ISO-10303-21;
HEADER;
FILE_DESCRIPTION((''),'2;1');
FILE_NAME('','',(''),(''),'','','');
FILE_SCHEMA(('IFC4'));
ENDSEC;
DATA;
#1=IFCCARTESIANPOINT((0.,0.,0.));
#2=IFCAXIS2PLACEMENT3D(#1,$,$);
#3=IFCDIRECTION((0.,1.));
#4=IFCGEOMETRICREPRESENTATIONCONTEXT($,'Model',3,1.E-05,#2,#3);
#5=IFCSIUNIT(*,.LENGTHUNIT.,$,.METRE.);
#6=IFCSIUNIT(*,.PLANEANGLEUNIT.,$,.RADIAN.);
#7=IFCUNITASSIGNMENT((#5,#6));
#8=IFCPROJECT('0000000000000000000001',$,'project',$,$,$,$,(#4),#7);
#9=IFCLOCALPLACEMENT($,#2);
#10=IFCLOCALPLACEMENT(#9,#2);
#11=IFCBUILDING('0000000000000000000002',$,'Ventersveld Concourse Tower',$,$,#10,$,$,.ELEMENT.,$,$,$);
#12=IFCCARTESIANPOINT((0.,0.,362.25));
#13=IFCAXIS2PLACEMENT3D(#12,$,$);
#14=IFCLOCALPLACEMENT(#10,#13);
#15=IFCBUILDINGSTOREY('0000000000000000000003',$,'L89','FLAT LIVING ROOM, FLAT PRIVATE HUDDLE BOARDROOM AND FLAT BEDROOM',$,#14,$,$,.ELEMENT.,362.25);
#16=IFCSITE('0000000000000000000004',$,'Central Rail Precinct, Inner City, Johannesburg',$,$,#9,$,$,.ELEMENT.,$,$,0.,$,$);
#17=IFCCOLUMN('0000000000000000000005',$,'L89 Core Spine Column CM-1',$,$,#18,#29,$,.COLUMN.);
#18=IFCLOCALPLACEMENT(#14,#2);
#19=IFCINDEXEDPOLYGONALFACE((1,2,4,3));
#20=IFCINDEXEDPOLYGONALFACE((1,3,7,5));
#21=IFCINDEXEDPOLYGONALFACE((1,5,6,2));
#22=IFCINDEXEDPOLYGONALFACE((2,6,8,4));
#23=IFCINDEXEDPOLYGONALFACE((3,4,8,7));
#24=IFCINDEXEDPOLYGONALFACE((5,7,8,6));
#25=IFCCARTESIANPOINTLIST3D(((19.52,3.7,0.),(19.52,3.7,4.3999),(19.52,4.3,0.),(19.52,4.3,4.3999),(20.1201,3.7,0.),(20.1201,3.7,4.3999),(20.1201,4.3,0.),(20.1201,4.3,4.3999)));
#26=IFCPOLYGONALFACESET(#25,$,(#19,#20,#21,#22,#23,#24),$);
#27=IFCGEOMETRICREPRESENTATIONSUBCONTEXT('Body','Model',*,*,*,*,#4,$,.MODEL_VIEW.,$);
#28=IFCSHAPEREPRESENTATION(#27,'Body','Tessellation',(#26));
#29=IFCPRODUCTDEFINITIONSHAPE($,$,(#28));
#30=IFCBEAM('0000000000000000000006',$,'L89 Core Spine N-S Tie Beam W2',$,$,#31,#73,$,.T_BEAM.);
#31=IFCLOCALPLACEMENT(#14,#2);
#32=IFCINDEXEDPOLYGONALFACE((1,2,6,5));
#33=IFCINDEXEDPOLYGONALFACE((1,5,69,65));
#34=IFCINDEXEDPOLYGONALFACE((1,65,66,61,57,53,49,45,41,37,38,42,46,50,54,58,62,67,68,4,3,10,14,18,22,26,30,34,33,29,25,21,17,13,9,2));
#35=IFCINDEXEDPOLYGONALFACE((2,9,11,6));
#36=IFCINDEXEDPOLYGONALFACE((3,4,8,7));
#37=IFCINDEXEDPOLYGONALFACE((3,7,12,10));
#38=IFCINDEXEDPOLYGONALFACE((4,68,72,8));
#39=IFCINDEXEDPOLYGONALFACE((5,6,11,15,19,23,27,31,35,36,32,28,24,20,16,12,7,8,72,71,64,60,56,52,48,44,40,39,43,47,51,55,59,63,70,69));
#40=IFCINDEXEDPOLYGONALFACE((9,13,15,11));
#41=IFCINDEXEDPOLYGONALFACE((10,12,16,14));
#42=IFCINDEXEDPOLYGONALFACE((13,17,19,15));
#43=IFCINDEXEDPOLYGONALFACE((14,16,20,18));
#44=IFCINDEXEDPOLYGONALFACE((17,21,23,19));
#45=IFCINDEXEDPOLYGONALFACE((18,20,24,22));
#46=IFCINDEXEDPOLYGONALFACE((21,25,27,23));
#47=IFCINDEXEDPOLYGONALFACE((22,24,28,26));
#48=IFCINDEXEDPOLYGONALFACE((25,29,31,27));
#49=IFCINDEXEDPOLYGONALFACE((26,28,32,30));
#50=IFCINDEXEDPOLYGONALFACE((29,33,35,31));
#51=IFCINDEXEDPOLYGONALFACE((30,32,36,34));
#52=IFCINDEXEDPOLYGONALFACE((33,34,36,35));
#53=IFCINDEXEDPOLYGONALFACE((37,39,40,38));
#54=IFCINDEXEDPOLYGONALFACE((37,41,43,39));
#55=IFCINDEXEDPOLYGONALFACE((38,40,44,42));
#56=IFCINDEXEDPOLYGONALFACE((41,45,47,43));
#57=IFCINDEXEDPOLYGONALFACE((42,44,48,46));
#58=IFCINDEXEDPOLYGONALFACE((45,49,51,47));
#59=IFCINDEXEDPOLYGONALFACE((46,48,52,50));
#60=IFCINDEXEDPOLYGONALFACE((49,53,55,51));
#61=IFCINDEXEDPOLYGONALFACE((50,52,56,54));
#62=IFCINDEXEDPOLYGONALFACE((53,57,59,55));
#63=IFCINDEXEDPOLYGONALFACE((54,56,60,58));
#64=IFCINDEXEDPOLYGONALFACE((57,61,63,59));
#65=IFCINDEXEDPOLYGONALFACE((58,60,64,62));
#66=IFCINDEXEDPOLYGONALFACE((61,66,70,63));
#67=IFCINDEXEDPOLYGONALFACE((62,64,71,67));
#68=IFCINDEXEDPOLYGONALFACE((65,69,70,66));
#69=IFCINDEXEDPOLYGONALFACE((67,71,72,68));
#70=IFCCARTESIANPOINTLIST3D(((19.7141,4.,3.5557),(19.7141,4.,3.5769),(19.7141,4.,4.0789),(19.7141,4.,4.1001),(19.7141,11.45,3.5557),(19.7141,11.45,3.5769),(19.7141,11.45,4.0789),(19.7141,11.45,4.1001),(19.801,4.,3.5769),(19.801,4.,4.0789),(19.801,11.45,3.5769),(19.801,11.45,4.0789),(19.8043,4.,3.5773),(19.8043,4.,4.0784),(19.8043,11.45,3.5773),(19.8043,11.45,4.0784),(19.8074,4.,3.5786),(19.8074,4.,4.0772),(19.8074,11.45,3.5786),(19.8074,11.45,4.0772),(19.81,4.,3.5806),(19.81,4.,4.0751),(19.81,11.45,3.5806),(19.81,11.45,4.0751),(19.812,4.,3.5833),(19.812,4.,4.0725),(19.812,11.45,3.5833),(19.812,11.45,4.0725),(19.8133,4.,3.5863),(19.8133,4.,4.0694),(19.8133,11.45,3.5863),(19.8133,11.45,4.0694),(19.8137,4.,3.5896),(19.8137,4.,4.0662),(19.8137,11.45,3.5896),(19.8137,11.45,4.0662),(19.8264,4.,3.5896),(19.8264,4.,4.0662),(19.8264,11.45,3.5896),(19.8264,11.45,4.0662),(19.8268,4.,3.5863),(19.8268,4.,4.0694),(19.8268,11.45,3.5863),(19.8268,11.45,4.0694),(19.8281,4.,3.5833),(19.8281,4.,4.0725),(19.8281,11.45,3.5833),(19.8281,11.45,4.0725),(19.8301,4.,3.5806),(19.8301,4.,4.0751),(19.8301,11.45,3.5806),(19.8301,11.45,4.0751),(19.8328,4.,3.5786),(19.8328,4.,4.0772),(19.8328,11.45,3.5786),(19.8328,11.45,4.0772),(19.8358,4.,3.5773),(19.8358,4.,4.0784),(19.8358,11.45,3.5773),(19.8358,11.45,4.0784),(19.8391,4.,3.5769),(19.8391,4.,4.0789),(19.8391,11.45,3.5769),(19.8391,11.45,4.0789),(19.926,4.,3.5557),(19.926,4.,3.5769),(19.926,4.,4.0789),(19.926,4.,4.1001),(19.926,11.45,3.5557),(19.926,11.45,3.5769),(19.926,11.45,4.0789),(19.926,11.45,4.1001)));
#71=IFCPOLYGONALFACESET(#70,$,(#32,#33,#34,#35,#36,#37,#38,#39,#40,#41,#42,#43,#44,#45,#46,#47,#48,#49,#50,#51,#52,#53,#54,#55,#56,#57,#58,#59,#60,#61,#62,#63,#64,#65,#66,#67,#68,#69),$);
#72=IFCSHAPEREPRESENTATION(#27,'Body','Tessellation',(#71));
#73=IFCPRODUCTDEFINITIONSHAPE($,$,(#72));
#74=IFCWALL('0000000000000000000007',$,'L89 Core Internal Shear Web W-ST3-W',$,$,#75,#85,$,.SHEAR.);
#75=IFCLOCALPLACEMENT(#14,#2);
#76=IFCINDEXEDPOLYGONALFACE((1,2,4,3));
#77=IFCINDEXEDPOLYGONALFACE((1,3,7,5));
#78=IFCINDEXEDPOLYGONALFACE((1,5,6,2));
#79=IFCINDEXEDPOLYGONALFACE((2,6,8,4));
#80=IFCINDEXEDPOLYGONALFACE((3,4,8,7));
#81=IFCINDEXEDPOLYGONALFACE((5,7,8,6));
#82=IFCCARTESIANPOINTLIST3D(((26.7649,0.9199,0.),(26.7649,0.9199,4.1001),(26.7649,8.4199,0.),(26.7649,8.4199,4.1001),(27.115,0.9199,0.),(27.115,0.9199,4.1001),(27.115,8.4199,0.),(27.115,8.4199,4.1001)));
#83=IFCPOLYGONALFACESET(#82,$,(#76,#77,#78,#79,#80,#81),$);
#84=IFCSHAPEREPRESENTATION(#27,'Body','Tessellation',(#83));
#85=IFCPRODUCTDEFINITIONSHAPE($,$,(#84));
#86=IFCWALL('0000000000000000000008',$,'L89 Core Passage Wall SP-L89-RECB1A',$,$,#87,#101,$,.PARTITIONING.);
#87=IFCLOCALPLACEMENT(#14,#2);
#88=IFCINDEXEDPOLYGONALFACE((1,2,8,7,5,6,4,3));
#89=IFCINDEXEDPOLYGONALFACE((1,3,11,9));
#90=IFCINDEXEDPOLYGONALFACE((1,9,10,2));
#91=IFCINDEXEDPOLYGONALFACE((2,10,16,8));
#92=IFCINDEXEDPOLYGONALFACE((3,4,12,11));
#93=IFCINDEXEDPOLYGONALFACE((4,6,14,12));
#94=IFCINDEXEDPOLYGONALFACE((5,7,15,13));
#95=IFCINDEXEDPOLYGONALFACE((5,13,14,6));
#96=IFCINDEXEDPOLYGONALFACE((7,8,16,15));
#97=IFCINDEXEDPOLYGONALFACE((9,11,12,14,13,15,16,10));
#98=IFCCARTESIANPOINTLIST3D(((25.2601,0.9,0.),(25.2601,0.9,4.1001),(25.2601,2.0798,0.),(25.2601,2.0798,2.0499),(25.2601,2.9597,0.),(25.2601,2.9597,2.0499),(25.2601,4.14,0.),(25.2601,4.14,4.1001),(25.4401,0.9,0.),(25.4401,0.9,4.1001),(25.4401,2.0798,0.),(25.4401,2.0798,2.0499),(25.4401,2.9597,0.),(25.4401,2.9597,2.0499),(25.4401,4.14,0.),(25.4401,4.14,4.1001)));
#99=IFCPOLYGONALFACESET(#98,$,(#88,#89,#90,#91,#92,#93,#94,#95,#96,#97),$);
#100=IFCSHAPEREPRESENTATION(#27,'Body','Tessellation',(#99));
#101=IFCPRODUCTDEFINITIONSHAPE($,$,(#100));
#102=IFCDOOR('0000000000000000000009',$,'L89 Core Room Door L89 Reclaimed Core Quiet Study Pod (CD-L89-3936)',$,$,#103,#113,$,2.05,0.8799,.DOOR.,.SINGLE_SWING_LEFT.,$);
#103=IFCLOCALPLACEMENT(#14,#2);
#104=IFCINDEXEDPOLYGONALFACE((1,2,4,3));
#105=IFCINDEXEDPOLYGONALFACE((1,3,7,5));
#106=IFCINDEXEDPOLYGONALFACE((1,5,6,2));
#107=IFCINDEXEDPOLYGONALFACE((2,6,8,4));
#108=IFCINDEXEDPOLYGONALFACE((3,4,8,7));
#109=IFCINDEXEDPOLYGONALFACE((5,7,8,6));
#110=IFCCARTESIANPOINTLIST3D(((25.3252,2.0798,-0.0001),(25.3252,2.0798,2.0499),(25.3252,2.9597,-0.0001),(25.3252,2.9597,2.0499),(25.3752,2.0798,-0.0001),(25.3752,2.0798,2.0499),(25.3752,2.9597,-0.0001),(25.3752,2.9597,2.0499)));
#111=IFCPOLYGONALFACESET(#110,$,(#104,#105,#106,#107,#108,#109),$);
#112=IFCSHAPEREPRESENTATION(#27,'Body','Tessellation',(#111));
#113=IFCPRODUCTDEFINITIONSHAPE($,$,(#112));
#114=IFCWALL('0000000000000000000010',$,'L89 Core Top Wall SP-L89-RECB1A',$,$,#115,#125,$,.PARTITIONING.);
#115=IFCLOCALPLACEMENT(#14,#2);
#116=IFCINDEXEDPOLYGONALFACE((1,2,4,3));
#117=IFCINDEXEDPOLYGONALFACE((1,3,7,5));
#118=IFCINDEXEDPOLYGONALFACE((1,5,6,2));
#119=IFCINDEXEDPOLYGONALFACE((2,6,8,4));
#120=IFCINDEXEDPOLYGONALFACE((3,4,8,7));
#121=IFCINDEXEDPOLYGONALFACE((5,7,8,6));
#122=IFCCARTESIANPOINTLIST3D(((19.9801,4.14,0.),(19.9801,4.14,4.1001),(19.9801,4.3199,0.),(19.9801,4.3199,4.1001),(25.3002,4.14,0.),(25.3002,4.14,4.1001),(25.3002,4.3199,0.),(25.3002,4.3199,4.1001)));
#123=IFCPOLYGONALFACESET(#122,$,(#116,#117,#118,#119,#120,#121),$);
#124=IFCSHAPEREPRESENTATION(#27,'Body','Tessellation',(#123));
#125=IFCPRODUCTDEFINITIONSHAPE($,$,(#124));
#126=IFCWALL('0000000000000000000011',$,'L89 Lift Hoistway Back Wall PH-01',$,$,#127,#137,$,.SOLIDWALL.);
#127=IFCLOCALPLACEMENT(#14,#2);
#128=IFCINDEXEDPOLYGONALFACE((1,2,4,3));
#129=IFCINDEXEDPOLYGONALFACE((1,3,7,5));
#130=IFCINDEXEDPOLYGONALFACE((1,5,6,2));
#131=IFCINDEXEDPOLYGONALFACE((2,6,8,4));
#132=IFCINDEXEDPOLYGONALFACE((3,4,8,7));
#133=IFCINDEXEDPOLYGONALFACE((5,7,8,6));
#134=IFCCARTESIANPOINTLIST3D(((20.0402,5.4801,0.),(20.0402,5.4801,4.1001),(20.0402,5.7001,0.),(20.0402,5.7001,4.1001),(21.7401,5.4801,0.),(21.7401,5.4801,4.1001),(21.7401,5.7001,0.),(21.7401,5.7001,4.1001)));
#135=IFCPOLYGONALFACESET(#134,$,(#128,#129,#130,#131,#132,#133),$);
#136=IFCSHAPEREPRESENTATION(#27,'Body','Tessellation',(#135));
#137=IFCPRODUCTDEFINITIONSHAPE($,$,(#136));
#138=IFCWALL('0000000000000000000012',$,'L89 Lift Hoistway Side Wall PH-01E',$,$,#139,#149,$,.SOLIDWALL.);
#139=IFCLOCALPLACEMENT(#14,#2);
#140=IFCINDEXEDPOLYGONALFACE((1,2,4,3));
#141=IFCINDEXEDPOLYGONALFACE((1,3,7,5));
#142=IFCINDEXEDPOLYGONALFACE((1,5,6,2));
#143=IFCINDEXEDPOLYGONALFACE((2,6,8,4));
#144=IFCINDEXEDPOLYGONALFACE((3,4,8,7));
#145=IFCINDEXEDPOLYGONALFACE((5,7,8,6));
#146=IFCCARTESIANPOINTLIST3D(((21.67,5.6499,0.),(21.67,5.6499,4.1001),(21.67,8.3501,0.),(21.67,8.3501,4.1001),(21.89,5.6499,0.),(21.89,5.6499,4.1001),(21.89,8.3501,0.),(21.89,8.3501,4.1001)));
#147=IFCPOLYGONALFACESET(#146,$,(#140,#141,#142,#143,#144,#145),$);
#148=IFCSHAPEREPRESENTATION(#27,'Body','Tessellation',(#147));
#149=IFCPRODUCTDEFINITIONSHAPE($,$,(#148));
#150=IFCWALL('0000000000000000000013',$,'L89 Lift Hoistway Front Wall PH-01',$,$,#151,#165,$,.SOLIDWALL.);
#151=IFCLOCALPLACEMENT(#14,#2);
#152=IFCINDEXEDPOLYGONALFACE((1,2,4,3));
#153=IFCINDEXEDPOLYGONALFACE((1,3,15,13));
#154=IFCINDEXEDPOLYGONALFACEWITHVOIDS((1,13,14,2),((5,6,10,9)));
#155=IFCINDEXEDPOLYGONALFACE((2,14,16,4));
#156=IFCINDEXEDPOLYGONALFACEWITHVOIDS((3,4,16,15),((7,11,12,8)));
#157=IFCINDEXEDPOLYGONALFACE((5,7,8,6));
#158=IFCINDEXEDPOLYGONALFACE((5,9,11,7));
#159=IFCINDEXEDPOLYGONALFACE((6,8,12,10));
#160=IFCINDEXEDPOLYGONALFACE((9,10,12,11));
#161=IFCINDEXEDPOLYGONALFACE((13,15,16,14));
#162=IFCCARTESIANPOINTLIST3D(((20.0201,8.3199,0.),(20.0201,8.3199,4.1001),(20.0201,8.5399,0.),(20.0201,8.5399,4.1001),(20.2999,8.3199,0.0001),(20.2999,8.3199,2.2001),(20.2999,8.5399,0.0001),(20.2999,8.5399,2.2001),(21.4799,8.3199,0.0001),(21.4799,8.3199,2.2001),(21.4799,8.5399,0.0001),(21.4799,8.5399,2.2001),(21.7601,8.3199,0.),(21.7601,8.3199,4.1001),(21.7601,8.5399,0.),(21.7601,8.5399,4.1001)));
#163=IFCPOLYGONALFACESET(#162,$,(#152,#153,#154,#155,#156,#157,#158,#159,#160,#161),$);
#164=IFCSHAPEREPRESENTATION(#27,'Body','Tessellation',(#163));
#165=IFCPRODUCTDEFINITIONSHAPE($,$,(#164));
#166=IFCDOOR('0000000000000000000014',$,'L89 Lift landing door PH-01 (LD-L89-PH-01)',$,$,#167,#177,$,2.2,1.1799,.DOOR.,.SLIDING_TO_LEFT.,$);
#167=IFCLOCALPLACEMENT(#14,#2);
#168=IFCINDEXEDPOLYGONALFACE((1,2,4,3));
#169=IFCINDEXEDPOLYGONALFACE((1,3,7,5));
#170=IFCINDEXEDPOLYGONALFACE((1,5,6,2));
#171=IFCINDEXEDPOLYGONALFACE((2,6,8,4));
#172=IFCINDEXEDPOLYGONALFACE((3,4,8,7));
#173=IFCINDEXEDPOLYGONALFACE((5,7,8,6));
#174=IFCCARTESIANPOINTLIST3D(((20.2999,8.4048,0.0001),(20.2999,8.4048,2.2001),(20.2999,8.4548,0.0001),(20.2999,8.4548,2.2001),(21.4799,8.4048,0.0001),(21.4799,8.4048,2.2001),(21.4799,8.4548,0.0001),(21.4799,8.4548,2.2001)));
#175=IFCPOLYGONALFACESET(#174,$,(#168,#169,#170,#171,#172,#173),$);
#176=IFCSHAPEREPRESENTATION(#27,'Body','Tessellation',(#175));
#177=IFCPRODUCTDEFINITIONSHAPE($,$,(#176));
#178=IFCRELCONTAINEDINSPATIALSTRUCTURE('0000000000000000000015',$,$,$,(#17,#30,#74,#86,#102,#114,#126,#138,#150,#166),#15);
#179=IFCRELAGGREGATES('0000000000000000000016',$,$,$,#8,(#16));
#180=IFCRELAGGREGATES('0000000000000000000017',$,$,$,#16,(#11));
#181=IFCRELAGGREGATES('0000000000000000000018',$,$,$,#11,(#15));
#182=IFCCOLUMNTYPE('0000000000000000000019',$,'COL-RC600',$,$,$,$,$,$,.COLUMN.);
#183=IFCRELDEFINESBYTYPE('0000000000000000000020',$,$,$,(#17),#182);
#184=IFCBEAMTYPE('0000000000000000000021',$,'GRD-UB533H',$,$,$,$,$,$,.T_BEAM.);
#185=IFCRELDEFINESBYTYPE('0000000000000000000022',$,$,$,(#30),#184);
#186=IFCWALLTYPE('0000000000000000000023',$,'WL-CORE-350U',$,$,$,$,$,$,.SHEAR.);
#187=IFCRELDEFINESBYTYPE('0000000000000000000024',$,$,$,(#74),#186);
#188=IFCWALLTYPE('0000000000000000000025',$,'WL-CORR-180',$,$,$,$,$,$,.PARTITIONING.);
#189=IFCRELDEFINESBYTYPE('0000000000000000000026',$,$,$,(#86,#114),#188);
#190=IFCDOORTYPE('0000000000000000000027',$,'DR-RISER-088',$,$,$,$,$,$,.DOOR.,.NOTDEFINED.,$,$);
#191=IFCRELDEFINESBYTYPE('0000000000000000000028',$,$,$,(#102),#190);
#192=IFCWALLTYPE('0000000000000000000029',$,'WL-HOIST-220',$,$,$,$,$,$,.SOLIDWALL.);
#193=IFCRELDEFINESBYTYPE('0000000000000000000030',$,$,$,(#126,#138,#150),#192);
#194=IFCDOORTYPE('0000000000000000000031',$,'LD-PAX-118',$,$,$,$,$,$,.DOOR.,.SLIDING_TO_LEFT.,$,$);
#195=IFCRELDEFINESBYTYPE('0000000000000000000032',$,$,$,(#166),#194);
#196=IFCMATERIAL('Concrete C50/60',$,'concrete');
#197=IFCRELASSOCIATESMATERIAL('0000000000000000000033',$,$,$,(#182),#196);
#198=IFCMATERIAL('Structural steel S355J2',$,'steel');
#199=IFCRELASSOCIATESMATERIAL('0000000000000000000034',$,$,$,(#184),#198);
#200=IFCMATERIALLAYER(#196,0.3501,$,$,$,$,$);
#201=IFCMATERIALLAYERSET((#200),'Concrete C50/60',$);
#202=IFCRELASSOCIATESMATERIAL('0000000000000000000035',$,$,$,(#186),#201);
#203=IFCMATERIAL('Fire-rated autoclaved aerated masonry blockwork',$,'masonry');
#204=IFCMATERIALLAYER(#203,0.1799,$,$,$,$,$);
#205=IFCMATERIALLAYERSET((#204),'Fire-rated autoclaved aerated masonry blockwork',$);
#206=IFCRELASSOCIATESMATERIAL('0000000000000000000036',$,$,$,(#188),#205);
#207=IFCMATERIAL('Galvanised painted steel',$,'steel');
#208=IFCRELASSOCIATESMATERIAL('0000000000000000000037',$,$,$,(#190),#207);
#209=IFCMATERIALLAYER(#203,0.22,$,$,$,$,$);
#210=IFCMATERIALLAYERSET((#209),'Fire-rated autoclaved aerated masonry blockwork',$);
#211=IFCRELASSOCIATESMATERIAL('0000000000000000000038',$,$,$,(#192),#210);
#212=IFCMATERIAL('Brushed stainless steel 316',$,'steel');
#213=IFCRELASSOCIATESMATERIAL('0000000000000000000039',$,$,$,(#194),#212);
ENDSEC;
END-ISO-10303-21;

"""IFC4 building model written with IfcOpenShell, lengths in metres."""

from ifc_helpers import new_model, si_unit, direction, frame, frame_2d, origin, origin_2d, place, context, subcontext, project, spatial, rectangle, i_section, extrude, material, layer, layer_set, material_profile, profile_set, type_object, element, fill, save


model = new_model("IFC4")

# Units and contexts
model_context = context("Model", 3, precision=1e-05, world=origin(), true_north=direction((0.0, 1.0)))
body_context = subcontext(model_context, "Body", "Model", "MODEL_VIEW")
ifc_project = project(units=[si_unit("LENGTHUNIT", "METRE"), si_unit("PLANEANGLEUNIT", "RADIAN")], contexts=[model_context])

# Site, building, storey
site_placement = place(None, origin())
site = spatial("IfcSite", under=ifc_project, at=site_placement, Name="Central Rail Precinct, Inner City, Johannesburg", CompositionType="ELEMENT", RefElevation=0.0)
building_placement = place(site_placement, origin())
building = spatial("IfcBuilding", under=site, at=building_placement, Name="Ventersveld Concourse Tower", CompositionType="ELEMENT")
storey_placement = place(building_placement, frame((0.0, 0.0, 362.25)))
storey = spatial("IfcBuildingStorey", under=building, at=storey_placement, Name="L89", Description="FLAT LIVING ROOM, FLAT PRIVATE HUDDLE BOARDROOM AND FLAT BEDROOM", CompositionType="ELEMENT", Elevation=362.25)

# Column
ifc_material_1 = material(Name="Concrete C50/60", Category="concrete")
ifc_material_profile_1 = material_profile(ifc_material_1, rectangle(XDim=0.6001, YDim=0.6001, at=origin_2d()), Name="RC 600x600")
ifc_profile_set_1 = profile_set([ifc_material_profile_1], Name="Concrete C50/60")
column_type = type_object("IfcColumnType", Name="COL-RC600", PredefinedType="COLUMN", material=ifc_profile_set_1)
column_placement = place(storey_placement, frame((19.8201, 4.0, 0.0), z_axis=(0.0, 0.0, 1.0), x_axis=(1.0, 0.0, 0.0)))
element("IfcColumn", 1, at=column_placement, inside=storey, type_object=column_type, Name="L89 Core Spine Column CM-1", PredefinedType="COLUMN", context=body_context, shape_type="SweptSolid", body=[
    extrude(rectangle(XDim=0.6001, YDim=0.6001, at=origin_2d()), origin(), (0.0, 0.0, 1.0), 4.3999),
])

# Beam
ifc_material_2 = material(Name="Structural steel S355J2", Category="steel")
ifc_material_profile_2 = material_profile(ifc_material_2, i_section(OverallWidth=0.2119, OverallDepth=0.5444, WebThickness=0.0127, FlangeThickness=0.0212, FilletRadius=0.0127, at=origin_2d()), Name="UB 533x210x122")
ifc_profile_set_2 = profile_set([ifc_material_profile_2], Name="Structural steel S355J2")
beam_type = type_object("IfcBeamType", Name="GRD-UB533H", PredefinedType="T_BEAM", material=ifc_profile_set_2)
beam_placement = place(storey_placement, frame((19.8201, 4.0, 3.8279), z_axis=(0.0, 1.0, 0.0), x_axis=(-1.0, 0.0, 0.0)))
element("IfcBeam", 2, at=beam_placement, inside=storey, type_object=beam_type, Name="L89 Core Spine N-S Tie Beam W2", PredefinedType="T_BEAM", context=body_context, shape_type="SweptSolid", body=[
    extrude(i_section(OverallWidth=0.2119, OverallDepth=0.5444, WebThickness=0.0127, FlangeThickness=0.0212, FilletRadius=0.0127, at=origin_2d()), origin(), (0.0, 0.0, 1.0), 7.45),
])

# Wall
ifc_layer_1 = layer(ifc_material_1, 0.3501)
ifc_layer_set_1 = layer_set([ifc_layer_1], Name="Concrete C50/60")
wall_type_1 = type_object("IfcWallType", Name="WL-CORE-350U", PredefinedType="SHEAR", material=ifc_layer_set_1)
wall_1_placement = place(storey_placement, frame((26.9399, 0.9199, 0.0), z_axis=(0.0, 0.0, 1.0), x_axis=(0.0, 1.0, 0.0)))
element("IfcWall", 3, at=wall_1_placement, inside=storey, type_object=wall_type_1, Name="L89 Core Internal Shear Web W-ST3-W", PredefinedType="SHEAR", context=body_context, shape_type="SweptSolid", body=[
    extrude(rectangle(XDim=7.5, YDim=0.3501, at=frame_2d((3.75, 0.0))), origin(), (0.0, 0.0, 1.0), 4.1001),
])

# Wall, opening, door
ifc_material_3 = material(Name="Fire-rated autoclaved aerated masonry blockwork", Category="masonry")
ifc_layer_2 = layer(ifc_material_3, 0.1799)
ifc_layer_set_2 = layer_set([ifc_layer_2], Name="Fire-rated autoclaved aerated masonry blockwork")
wall_type_2 = type_object("IfcWallType", Name="WL-CORR-180", PredefinedType="PARTITIONING", material=ifc_layer_set_2)
wall_2_placement = place(storey_placement, frame((25.3501, 0.8999, 0.0), z_axis=(0.0, 0.0, 1.0), x_axis=(0.0, 1.0, 0.0)))
wall_2 = element("IfcWall", 4, at=wall_2_placement, inside=storey, type_object=wall_type_2, Name="L89 Core Passage Wall SP-L89-RECB1A", PredefinedType="PARTITIONING", context=body_context, shape_type="SweptSolid", body=[
    extrude(rectangle(XDim=3.24, YDim=0.1799, at=frame_2d((1.6201, 0.0))), origin(), (0.0, 0.0, 1.0), 4.1001),
])
opening_1_placement = place(wall_2_placement, frame((1.1799, 0.0, 0.0)))
opening_1 = element("IfcOpeningElement", 5, at=opening_1_placement, cuts=wall_2, PredefinedType="OPENING", context=body_context, shape_type="SweptSolid", body=[
    extrude(rectangle(XDim=0.8799, YDim=2.05, at=frame_2d((0.4399, 1.0249))), frame((0.0, 0.1001, 0.0), z_axis=(0.0, -1.0, 0.0), x_axis=(1.0, 0.0, 0.0)), (0.0, 0.0, 1.0), 0.2),
])
ifc_material_4 = material(Name="Galvanised painted steel", Category="steel")
door_type_1 = type_object("IfcDoorType", Name="DR-RISER-088", OperationType="NOTDEFINED", PredefinedType="DOOR", material=ifc_material_4)
door_1_placement = place(opening_1_placement, origin())
door_1 = element("IfcDoor", 6, at=door_1_placement, inside=storey, type_object=door_type_1, Name="L89 Core Room Door L89 Reclaimed Core Quiet Study Pod (CD-L89-3936)", OperationType="SINGLE_SWING_LEFT", OverallHeight=2.05, OverallWidth=0.8799, PredefinedType="DOOR", context=body_context, shape_type="SweptSolid", body=[
    extrude(rectangle(XDim=0.8799, YDim=2.05, at=frame_2d((0.4399, 1.0249))), frame((0.0, 0.0249, 0.0), z_axis=(0.0, -1.0, 0.0), x_axis=(1.0, 0.0, 0.0)), (0.0, 0.0, 1.0), 0.05),
])
fill(opening_1, door_1)

# Walls
wall_3_placement = place(storey_placement, frame((19.98, 4.23, 0.0), z_axis=(0.0, 0.0, 1.0), x_axis=(1.0, 0.0, 0.0)))
element("IfcWall", 7, at=wall_3_placement, inside=storey, type_object=wall_type_2, Name="L89 Core Top Wall SP-L89-RECB1A", PredefinedType="PARTITIONING", context=body_context, shape_type="SweptSolid", body=[
    extrude(rectangle(XDim=5.3201, YDim=0.1799, at=frame_2d((2.6602, 0.0))), origin(), (0.0, 0.0, 1.0), 4.1001),
])
ifc_layer_3 = layer(ifc_material_3, 0.22)
ifc_layer_set_3 = layer_set([ifc_layer_3], Name="Fire-rated autoclaved aerated masonry blockwork")
wall_type_3 = type_object("IfcWallType", Name="WL-HOIST-220", PredefinedType="SOLIDWALL", material=ifc_layer_set_3)
wall_4_placement = place(storey_placement, frame((20.04, 5.5901, 0.0), z_axis=(0.0, 0.0, 1.0), x_axis=(1.0, 0.0, 0.0)))
element("IfcWall", 8, at=wall_4_placement, inside=storey, type_object=wall_type_3, Name="L89 Lift Hoistway Back Wall PH-01", PredefinedType="SOLIDWALL", context=body_context, shape_type="SweptSolid", body=[
    extrude(rectangle(XDim=1.7, YDim=0.22, at=frame_2d((0.8501, 0.0))), origin(), (0.0, 0.0, 1.0), 4.1001),
])
wall_5_placement = place(storey_placement, frame((21.78, 5.6499, 0.0), z_axis=(0.0, 0.0, 1.0), x_axis=(0.0, 1.0, 0.0)))
element("IfcWall", 9, at=wall_5_placement, inside=storey, type_object=wall_type_3, Name="L89 Lift Hoistway Side Wall PH-01E", PredefinedType="SOLIDWALL", context=body_context, shape_type="SweptSolid", body=[
    extrude(rectangle(XDim=2.7002, YDim=0.22, at=frame_2d((1.3501, 0.0))), origin(), (0.0, 0.0, 1.0), 4.1001),
])

# Wall, opening, door
wall_6_placement = place(storey_placement, frame((20.02, 8.4299, 0.0), z_axis=(0.0, 0.0, 1.0), x_axis=(1.0, 0.0, 0.0)))
wall_6 = element("IfcWall", 10, at=wall_6_placement, inside=storey, type_object=wall_type_3, Name="L89 Lift Hoistway Front Wall PH-01", PredefinedType="SOLIDWALL", context=body_context, shape_type="SweptSolid", body=[
    extrude(rectangle(XDim=1.74, YDim=0.22, at=frame_2d((0.8701, 0.0))), origin(), (0.0, 0.0, 1.0), 4.1001),
])
opening_2_placement = place(wall_6_placement, frame((0.28, 0.0, 0.0)))
opening_2 = element("IfcOpeningElement", 11, at=opening_2_placement, cuts=wall_6, PredefinedType="OPENING", context=body_context, shape_type="SweptSolid", body=[
    extrude(rectangle(XDim=1.1799, YDim=2.2, at=frame_2d((0.5898, 1.1001))), frame((0.0, 0.1201, 0.0), z_axis=(0.0, -1.0, 0.0), x_axis=(1.0, 0.0, 0.0)), (0.0, 0.0, 1.0), 0.24),
])
ifc_material_5 = material(Name="Brushed stainless steel 316", Category="steel")
door_type_2 = type_object("IfcDoorType", Name="LD-PAX-118", OperationType="SLIDING_TO_LEFT", PredefinedType="DOOR", material=ifc_material_5)
door_2_placement = place(opening_2_placement, origin())
door_2 = element("IfcDoor", 12, at=door_2_placement, inside=storey, type_object=door_type_2, Name="L89 Lift landing door PH-01 (LD-L89-PH-01)", OperationType="SLIDING_TO_LEFT", OverallHeight=2.2, OverallWidth=1.1799, PredefinedType="DOOR", context=body_context, shape_type="SweptSolid", body=[
    extrude(rectangle(XDim=1.1799, YDim=2.2, at=frame_2d((0.5898, 1.1001))), frame((0.0, 0.0249, 0.0), z_axis=(0.0, -1.0, 0.0), x_axis=(1.0, 0.0, 0.0)), (0.0, 0.0, 1.0), 0.05),
])
fill(opening_2, door_2)

save(model, "model.ifc")
